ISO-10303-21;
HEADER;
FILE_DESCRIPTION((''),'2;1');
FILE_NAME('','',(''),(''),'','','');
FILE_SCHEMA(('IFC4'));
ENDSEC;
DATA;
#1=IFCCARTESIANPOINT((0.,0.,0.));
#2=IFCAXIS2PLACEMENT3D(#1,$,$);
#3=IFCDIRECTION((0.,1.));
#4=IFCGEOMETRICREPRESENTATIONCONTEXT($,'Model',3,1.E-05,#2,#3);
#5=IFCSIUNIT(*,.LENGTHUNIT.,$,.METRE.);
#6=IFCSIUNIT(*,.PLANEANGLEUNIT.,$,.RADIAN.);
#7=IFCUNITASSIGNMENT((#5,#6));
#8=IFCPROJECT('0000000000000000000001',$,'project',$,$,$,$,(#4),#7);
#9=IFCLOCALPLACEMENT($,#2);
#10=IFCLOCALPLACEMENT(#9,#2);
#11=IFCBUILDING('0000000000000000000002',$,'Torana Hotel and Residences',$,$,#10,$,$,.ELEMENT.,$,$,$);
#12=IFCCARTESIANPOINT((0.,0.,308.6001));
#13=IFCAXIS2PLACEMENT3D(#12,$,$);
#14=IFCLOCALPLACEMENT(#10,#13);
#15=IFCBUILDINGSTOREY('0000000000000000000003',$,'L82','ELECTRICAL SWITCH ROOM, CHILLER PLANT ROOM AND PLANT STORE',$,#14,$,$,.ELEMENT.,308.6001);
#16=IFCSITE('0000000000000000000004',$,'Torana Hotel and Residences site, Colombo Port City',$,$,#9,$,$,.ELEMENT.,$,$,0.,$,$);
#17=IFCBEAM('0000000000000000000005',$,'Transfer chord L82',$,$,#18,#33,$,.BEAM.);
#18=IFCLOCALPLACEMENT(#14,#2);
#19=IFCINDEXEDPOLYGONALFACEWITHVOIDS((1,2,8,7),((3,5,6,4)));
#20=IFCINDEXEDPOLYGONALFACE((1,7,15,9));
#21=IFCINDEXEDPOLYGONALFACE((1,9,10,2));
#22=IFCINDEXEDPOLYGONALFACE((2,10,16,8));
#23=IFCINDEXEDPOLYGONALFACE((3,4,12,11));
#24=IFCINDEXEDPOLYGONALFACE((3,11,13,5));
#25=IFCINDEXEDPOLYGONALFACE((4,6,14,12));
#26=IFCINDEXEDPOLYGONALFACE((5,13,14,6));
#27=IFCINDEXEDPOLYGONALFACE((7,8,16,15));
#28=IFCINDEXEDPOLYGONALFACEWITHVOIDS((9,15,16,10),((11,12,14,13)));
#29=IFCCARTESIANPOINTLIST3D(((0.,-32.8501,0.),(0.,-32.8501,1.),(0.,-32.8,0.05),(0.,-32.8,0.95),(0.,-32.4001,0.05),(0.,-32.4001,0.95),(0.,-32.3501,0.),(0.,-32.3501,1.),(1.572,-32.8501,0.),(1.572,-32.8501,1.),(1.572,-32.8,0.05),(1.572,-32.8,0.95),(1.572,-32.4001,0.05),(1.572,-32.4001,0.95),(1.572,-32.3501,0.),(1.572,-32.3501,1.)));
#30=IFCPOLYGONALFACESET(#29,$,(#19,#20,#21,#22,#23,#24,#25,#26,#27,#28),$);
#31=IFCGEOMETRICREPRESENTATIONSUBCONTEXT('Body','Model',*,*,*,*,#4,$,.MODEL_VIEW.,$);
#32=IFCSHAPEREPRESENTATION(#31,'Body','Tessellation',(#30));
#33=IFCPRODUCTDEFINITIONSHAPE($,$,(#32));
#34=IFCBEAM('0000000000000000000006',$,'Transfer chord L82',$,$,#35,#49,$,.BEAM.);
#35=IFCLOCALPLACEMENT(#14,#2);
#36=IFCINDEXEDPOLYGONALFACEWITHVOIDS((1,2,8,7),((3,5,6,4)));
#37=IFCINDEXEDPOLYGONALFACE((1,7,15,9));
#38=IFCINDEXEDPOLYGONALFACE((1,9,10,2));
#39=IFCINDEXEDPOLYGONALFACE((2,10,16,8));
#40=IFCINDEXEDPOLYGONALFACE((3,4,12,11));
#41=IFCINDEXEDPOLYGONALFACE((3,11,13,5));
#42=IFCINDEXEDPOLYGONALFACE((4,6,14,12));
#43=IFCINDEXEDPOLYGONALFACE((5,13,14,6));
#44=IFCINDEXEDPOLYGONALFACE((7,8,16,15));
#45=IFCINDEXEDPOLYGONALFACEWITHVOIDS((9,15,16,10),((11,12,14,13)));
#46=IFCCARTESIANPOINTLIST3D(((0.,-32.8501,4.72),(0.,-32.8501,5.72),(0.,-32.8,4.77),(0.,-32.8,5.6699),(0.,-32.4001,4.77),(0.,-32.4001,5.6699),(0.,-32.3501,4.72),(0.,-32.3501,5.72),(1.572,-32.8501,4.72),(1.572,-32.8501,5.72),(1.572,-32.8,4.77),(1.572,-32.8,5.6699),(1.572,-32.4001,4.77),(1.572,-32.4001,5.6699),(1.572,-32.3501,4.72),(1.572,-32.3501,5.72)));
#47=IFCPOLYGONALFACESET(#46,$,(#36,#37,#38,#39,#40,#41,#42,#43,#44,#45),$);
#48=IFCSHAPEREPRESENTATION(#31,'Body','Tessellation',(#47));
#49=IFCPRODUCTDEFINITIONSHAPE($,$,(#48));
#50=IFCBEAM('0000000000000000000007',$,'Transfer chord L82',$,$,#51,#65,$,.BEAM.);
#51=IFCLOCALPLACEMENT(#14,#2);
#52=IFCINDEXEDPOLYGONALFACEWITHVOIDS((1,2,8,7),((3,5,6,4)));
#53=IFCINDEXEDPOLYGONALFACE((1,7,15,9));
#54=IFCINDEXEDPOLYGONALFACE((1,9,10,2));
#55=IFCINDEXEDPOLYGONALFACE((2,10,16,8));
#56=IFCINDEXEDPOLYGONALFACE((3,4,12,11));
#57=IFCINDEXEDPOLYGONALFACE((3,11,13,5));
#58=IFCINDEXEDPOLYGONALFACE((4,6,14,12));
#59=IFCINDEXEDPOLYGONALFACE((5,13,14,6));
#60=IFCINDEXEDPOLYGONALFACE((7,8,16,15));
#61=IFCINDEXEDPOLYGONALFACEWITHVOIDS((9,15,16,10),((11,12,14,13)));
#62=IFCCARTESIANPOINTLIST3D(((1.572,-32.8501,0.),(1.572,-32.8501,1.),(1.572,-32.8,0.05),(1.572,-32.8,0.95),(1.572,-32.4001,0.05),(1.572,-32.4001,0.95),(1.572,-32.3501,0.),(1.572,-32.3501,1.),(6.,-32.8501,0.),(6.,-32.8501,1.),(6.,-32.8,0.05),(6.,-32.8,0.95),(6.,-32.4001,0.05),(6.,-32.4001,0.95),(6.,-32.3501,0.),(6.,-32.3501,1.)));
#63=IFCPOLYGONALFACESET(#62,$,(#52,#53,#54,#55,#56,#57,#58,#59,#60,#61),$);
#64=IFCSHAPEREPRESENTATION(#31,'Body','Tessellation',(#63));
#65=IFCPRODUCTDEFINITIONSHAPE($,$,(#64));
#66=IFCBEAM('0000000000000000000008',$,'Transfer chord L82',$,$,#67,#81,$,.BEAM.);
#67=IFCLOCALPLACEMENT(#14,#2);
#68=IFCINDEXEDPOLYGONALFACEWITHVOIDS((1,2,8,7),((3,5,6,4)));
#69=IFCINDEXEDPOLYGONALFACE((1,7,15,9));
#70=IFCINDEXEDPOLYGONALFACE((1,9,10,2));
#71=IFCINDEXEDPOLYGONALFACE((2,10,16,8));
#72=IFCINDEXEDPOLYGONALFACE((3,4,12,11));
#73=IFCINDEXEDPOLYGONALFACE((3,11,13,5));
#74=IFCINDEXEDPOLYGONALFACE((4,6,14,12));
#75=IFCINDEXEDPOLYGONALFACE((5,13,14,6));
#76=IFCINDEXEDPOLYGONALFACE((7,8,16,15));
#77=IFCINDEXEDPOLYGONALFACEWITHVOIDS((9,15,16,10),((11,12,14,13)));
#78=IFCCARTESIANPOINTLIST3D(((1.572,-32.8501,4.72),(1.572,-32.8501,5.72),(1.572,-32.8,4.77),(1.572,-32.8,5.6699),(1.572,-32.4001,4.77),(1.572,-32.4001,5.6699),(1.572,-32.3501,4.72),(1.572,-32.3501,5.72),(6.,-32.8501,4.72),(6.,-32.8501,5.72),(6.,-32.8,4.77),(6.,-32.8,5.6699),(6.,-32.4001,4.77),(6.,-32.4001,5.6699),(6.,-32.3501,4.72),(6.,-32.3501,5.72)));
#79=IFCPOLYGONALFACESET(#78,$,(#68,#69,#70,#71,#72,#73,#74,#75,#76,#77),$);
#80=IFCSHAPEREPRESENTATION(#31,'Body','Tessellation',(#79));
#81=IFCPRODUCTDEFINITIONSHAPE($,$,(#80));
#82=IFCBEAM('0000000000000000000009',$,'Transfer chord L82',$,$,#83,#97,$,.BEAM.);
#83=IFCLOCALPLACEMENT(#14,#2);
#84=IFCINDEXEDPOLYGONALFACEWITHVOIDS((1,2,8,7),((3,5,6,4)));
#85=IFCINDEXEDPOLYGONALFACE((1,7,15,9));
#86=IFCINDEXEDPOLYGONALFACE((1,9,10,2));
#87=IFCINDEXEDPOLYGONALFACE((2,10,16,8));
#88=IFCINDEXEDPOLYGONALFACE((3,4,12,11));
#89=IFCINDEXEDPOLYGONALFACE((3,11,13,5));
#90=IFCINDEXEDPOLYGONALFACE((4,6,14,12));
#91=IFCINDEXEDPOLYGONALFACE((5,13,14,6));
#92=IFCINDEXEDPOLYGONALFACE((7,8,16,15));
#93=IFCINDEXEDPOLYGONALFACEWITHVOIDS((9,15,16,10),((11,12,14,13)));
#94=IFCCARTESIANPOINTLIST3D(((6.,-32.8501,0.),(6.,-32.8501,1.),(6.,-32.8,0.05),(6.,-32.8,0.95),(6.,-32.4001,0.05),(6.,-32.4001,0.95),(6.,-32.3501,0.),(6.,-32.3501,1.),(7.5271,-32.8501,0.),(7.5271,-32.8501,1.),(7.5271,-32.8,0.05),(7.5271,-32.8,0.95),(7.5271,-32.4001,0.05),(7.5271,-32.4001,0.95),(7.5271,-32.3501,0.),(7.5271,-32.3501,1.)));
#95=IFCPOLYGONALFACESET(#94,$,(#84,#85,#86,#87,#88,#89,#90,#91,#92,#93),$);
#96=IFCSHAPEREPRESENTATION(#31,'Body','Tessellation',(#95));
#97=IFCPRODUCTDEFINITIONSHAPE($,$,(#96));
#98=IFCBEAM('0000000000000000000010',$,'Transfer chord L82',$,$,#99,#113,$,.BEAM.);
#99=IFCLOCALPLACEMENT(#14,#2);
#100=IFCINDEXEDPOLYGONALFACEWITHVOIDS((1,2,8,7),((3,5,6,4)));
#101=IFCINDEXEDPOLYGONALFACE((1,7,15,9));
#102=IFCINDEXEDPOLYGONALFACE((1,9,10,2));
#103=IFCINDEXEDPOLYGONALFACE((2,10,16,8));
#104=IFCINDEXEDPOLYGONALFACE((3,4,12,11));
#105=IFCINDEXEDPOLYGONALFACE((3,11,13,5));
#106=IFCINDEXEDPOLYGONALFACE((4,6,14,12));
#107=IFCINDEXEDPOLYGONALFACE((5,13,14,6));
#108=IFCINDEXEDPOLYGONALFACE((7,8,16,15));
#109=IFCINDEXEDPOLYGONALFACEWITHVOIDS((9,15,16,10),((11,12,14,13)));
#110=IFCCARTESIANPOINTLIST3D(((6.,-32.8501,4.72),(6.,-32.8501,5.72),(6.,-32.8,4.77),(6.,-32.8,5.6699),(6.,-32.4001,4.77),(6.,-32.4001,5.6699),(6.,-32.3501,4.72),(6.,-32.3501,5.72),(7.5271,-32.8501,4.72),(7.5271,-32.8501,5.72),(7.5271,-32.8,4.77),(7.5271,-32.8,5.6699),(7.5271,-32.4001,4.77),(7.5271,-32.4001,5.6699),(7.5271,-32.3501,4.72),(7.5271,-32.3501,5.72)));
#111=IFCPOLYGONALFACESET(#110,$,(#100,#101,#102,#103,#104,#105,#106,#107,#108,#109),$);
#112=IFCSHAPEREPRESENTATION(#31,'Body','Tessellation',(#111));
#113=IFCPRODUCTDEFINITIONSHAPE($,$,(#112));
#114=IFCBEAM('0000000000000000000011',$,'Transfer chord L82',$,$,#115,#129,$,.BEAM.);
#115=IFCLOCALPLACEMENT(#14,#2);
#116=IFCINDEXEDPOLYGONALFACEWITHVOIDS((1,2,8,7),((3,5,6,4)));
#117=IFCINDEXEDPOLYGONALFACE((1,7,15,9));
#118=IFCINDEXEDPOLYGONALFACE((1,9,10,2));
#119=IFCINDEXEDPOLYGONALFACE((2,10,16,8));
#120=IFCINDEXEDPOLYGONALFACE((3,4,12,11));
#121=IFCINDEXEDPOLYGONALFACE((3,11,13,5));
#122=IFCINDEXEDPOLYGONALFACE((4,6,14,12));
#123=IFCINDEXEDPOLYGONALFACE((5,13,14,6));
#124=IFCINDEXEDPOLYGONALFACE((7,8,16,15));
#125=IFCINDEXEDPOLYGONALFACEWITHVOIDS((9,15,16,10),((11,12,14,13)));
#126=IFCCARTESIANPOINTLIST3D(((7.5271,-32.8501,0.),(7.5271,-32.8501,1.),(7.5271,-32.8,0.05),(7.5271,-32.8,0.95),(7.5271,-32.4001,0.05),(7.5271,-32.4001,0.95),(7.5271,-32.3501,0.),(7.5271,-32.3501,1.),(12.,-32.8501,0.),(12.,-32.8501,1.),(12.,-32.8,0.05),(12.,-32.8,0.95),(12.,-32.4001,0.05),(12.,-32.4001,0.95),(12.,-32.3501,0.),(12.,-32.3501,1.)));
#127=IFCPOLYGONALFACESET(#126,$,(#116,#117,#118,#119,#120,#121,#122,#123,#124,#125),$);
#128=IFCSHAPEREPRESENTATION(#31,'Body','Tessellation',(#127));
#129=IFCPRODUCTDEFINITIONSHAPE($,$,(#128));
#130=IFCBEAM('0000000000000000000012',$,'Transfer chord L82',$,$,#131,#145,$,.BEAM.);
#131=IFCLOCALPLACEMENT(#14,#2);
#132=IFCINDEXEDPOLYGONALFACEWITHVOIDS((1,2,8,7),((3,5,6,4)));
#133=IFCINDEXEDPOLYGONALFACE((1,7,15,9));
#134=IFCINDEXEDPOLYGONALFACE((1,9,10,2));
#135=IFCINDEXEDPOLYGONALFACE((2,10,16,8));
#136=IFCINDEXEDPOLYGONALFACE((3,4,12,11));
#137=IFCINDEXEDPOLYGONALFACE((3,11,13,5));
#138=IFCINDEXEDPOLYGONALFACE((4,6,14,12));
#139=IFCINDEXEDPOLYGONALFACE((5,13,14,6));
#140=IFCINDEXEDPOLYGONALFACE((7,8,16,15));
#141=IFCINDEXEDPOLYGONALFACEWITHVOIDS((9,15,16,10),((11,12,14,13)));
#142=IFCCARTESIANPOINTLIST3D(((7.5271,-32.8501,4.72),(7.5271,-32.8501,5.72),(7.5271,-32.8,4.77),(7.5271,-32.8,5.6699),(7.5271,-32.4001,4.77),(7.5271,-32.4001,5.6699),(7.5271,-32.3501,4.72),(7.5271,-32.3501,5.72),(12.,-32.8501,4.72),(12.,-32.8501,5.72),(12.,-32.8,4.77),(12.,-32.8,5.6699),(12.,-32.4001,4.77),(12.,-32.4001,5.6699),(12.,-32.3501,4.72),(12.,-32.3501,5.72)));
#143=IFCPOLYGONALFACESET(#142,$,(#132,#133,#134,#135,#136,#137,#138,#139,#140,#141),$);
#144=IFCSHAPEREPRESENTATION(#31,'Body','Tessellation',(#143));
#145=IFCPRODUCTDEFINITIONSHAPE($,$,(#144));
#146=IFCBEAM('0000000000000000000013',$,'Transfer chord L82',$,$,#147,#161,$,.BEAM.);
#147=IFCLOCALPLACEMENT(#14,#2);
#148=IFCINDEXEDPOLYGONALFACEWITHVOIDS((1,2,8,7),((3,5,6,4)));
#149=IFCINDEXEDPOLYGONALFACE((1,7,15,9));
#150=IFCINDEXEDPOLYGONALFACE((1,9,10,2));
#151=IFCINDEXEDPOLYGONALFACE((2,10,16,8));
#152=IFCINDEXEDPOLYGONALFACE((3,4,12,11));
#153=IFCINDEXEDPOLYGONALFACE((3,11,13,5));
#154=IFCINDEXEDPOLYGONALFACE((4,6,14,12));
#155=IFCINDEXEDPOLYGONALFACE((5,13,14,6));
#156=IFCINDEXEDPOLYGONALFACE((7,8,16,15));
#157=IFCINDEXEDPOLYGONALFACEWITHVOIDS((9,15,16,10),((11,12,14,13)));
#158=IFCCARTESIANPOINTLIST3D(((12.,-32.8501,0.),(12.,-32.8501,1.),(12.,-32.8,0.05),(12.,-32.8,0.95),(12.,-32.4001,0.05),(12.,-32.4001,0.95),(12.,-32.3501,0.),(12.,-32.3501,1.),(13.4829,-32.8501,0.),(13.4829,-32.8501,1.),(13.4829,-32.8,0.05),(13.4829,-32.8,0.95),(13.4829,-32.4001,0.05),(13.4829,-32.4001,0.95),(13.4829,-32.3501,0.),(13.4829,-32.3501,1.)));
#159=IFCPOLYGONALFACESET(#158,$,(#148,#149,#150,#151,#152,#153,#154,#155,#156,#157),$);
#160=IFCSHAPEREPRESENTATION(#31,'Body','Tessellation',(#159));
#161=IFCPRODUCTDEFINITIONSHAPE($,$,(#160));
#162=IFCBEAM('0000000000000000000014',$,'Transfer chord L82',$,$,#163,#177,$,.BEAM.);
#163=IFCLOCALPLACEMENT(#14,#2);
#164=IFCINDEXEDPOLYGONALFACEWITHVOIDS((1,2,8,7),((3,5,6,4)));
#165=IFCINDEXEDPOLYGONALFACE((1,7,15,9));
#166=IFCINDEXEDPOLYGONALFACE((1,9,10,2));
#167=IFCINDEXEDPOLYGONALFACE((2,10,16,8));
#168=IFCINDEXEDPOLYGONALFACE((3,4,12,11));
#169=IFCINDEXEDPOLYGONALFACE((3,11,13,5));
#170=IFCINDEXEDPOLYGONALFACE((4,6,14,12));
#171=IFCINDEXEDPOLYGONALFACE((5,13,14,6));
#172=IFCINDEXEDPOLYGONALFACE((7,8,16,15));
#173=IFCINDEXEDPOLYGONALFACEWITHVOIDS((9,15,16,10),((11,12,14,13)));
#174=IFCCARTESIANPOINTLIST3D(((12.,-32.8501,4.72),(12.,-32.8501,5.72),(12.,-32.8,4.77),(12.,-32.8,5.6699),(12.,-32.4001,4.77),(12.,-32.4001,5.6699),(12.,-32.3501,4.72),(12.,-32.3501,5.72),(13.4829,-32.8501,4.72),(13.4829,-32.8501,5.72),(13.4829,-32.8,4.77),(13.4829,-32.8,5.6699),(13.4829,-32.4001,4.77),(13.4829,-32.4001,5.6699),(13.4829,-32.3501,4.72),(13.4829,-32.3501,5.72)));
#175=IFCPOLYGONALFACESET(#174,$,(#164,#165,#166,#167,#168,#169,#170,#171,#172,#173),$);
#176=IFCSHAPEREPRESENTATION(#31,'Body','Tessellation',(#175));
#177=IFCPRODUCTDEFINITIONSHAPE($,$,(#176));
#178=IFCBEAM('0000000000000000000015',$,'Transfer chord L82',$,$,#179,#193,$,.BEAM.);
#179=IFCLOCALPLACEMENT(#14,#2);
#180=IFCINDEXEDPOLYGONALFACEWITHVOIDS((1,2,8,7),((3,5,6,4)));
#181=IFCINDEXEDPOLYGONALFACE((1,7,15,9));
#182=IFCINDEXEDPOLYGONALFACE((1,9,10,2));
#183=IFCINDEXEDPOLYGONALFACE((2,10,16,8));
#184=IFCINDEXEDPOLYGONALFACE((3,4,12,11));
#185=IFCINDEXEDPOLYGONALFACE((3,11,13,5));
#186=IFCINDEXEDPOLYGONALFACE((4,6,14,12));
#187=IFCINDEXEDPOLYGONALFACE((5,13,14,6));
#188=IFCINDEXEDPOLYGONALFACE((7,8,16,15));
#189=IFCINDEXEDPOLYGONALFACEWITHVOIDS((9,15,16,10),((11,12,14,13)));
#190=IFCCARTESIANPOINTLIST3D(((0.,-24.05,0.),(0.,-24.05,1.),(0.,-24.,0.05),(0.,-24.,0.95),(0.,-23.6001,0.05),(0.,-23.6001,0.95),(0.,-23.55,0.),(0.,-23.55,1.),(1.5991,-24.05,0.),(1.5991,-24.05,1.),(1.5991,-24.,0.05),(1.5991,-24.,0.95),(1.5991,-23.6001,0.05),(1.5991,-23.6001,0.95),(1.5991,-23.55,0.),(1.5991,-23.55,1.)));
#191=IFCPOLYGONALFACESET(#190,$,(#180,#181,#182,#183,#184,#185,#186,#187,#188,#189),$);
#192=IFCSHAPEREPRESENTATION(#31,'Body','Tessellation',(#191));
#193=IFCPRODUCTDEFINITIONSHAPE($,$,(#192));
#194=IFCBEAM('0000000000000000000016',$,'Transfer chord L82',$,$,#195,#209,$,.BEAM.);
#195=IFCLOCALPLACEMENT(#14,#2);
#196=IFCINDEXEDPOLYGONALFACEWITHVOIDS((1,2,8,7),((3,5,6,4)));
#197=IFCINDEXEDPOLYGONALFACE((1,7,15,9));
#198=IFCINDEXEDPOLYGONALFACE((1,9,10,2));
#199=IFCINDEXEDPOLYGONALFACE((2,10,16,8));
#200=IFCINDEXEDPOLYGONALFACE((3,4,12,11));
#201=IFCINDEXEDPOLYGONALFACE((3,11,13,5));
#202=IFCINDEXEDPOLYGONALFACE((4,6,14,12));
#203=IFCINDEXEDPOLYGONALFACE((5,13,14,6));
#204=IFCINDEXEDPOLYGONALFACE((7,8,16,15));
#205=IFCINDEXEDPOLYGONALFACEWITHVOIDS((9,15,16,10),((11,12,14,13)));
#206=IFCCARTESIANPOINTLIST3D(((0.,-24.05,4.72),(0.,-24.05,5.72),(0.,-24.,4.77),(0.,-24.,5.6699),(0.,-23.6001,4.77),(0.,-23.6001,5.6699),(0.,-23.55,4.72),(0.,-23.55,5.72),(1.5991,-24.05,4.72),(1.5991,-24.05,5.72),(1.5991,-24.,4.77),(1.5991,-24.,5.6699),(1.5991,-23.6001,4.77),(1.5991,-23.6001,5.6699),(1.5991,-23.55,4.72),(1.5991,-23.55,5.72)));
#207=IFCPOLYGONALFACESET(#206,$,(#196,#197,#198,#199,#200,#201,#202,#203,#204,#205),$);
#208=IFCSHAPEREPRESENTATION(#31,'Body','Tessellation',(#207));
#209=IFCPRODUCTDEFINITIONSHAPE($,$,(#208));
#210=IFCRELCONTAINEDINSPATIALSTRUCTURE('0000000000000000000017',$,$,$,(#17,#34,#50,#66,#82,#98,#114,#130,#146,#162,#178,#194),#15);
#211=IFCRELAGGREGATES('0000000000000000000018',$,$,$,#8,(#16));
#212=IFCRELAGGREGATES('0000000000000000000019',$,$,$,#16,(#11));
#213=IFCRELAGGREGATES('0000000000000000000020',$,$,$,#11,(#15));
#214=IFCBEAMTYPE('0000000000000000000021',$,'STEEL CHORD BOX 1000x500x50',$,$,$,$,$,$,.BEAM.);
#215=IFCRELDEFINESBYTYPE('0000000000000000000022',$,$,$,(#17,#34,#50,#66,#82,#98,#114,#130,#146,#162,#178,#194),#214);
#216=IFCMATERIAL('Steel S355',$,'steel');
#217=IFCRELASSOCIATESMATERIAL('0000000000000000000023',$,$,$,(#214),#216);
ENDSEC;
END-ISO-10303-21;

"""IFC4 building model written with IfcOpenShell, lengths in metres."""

from ifc_helpers import new_model, si_unit, direction, frame, origin, origin_2d, place, context, subcontext, project, spatial, hollow_rectangle, extrude, material, material_profile, profile_set, type_object, element, save


model = new_model("IFC4")

# Units and contexts
model_context = context("Model", 3, precision=1e-05, world=origin(), true_north=direction((0.0, 1.0)))
body_context = subcontext(model_context, "Body", "Model", "MODEL_VIEW")
ifc_project = project(units=[si_unit("LENGTHUNIT", "METRE"), si_unit("PLANEANGLEUNIT", "RADIAN")], contexts=[model_context])

# Site, building, storey
site_placement = place(None, origin())
site = spatial("IfcSite", under=ifc_project, at=site_placement, Name="Torana Hotel and Residences site, Colombo Port City", CompositionType="ELEMENT", RefElevation=0.0)
building_placement = place(site_placement, origin())
building = spatial("IfcBuilding", under=site, at=building_placement, Name="Torana Hotel and Residences", CompositionType="ELEMENT")
storey_placement = place(building_placement, frame((0.0, 0.0, 308.6001)))
storey = spatial("IfcBuildingStorey", under=building, at=storey_placement, Name="L82", Description="ELECTRICAL SWITCH ROOM, CHILLER PLANT ROOM AND PLANT STORE", CompositionType="ELEMENT", Elevation=308.6001)

# Beams
ifc_material_1 = material(Name="Steel S355", Category="steel")
ifc_material_profile_1 = material_profile(ifc_material_1, hollow_rectangle(XDim=0.5, YDim=1.0, WallThickness=0.05, at=origin_2d()), Name="BOX 1000x500x50")
ifc_profile_set_1 = profile_set([ifc_material_profile_1], Name="Steel S355")
beam_type = type_object("IfcBeamType", Name="STEEL CHORD BOX 1000x500x50", PredefinedType="BEAM", material=ifc_profile_set_1)
for number, where, z_axis, x_axis, name in (
    (1, (0.0, -32.6001, 0.5), (1.0, 0.0, 0.0), (0.0, 1.0, 0.0), "Transfer chord L82"),
    (2, (0.0, -32.6001, 5.22), (1.0, 0.0, 0.0), (0.0, 1.0, 0.0), "Transfer chord L82"),
):
    element("IfcBeam", number, at=place(storey_placement, frame(where, z_axis=z_axis, x_axis=x_axis)), inside=storey, type_object=beam_type, Name=name, PredefinedType="BEAM", context=body_context, shape_type="SweptSolid", body=[
        extrude(hollow_rectangle(XDim=0.5, YDim=1.0, WallThickness=0.05, at=origin_2d()), origin(), (0.0, 0.0, 1.0), 1.572),
    ])
for number, where, z_axis, x_axis, name in (
    (3, (1.572, -32.6001, 0.5), (1.0, 0.0, 0.0), (0.0, 1.0, 0.0), "Transfer chord L82"),
    (4, (1.572, -32.6001, 5.22), (1.0, 0.0, 0.0), (0.0, 1.0, 0.0), "Transfer chord L82"),
):
    element("IfcBeam", number, at=place(storey_placement, frame(where, z_axis=z_axis, x_axis=x_axis)), inside=storey, type_object=beam_type, Name=name, PredefinedType="BEAM", context=body_context, shape_type="SweptSolid", body=[
        extrude(hollow_rectangle(XDim=0.5, YDim=1.0, WallThickness=0.05, at=origin_2d()), origin(), (0.0, 0.0, 1.0), 4.428),
    ])
for number, where, z_axis, x_axis, name in (
    (5, (6.0, -32.6001, 0.5), (1.0, 0.0, 0.0), (0.0, 1.0, 0.0), "Transfer chord L82"),
    (6, (6.0, -32.6001, 5.22), (1.0, 0.0, 0.0), (0.0, 1.0, 0.0), "Transfer chord L82"),
):
    element("IfcBeam", number, at=place(storey_placement, frame(where, z_axis=z_axis, x_axis=x_axis)), inside=storey, type_object=beam_type, Name=name, PredefinedType="BEAM", context=body_context, shape_type="SweptSolid", body=[
        extrude(hollow_rectangle(XDim=0.5, YDim=1.0, WallThickness=0.05, at=origin_2d()), origin(), (0.0, 0.0, 1.0), 1.5271),
    ])
for number, where, z_axis, x_axis, name in (
    (7, (7.5271, -32.6001, 0.5), (1.0, 0.0, 0.0), (0.0, 1.0, 0.0), "Transfer chord L82"),
    (8, (7.5271, -32.6001, 5.22), (1.0, 0.0, 0.0), (0.0, 1.0, 0.0), "Transfer chord L82"),
):
    element("IfcBeam", number, at=place(storey_placement, frame(where, z_axis=z_axis, x_axis=x_axis)), inside=storey, type_object=beam_type, Name=name, PredefinedType="BEAM", context=body_context, shape_type="SweptSolid", body=[
        extrude(hollow_rectangle(XDim=0.5, YDim=1.0, WallThickness=0.05, at=origin_2d()), origin(), (0.0, 0.0, 1.0), 4.4729),
    ])
for number, where, z_axis, x_axis, name in (
    (9, (12.0, -32.6001, 0.5), (1.0, 0.0, 0.0), (0.0, 1.0, 0.0), "Transfer chord L82"),
    (10, (12.0, -32.6001, 5.22), (1.0, 0.0, 0.0), (0.0, 1.0, 0.0), "Transfer chord L82"),
):
    element("IfcBeam", number, at=place(storey_placement, frame(where, z_axis=z_axis, x_axis=x_axis)), inside=storey, type_object=beam_type, Name=name, PredefinedType="BEAM", context=body_context, shape_type="SweptSolid", body=[
        extrude(hollow_rectangle(XDim=0.5, YDim=1.0, WallThickness=0.05, at=origin_2d()), origin(), (0.0, 0.0, 1.0), 1.4829),
    ])
for number, where, z_axis, x_axis, name in (
    (11, (0.0, -23.8, 0.5), (1.0, 0.0, 0.0), (0.0, 1.0, 0.0), "Transfer chord L82"),
    (12, (0.0, -23.8, 5.22), (1.0, 0.0, 0.0), (0.0, 1.0, 0.0), "Transfer chord L82"),
):
    element("IfcBeam", number, at=place(storey_placement, frame(where, z_axis=z_axis, x_axis=x_axis)), inside=storey, type_object=beam_type, Name=name, PredefinedType="BEAM", context=body_context, shape_type="SweptSolid", body=[
        extrude(hollow_rectangle(XDim=0.5, YDim=1.0, WallThickness=0.05, at=origin_2d()), origin(), (0.0, 0.0, 1.0), 1.5991),
    ])

save(model, "model.ifc")
